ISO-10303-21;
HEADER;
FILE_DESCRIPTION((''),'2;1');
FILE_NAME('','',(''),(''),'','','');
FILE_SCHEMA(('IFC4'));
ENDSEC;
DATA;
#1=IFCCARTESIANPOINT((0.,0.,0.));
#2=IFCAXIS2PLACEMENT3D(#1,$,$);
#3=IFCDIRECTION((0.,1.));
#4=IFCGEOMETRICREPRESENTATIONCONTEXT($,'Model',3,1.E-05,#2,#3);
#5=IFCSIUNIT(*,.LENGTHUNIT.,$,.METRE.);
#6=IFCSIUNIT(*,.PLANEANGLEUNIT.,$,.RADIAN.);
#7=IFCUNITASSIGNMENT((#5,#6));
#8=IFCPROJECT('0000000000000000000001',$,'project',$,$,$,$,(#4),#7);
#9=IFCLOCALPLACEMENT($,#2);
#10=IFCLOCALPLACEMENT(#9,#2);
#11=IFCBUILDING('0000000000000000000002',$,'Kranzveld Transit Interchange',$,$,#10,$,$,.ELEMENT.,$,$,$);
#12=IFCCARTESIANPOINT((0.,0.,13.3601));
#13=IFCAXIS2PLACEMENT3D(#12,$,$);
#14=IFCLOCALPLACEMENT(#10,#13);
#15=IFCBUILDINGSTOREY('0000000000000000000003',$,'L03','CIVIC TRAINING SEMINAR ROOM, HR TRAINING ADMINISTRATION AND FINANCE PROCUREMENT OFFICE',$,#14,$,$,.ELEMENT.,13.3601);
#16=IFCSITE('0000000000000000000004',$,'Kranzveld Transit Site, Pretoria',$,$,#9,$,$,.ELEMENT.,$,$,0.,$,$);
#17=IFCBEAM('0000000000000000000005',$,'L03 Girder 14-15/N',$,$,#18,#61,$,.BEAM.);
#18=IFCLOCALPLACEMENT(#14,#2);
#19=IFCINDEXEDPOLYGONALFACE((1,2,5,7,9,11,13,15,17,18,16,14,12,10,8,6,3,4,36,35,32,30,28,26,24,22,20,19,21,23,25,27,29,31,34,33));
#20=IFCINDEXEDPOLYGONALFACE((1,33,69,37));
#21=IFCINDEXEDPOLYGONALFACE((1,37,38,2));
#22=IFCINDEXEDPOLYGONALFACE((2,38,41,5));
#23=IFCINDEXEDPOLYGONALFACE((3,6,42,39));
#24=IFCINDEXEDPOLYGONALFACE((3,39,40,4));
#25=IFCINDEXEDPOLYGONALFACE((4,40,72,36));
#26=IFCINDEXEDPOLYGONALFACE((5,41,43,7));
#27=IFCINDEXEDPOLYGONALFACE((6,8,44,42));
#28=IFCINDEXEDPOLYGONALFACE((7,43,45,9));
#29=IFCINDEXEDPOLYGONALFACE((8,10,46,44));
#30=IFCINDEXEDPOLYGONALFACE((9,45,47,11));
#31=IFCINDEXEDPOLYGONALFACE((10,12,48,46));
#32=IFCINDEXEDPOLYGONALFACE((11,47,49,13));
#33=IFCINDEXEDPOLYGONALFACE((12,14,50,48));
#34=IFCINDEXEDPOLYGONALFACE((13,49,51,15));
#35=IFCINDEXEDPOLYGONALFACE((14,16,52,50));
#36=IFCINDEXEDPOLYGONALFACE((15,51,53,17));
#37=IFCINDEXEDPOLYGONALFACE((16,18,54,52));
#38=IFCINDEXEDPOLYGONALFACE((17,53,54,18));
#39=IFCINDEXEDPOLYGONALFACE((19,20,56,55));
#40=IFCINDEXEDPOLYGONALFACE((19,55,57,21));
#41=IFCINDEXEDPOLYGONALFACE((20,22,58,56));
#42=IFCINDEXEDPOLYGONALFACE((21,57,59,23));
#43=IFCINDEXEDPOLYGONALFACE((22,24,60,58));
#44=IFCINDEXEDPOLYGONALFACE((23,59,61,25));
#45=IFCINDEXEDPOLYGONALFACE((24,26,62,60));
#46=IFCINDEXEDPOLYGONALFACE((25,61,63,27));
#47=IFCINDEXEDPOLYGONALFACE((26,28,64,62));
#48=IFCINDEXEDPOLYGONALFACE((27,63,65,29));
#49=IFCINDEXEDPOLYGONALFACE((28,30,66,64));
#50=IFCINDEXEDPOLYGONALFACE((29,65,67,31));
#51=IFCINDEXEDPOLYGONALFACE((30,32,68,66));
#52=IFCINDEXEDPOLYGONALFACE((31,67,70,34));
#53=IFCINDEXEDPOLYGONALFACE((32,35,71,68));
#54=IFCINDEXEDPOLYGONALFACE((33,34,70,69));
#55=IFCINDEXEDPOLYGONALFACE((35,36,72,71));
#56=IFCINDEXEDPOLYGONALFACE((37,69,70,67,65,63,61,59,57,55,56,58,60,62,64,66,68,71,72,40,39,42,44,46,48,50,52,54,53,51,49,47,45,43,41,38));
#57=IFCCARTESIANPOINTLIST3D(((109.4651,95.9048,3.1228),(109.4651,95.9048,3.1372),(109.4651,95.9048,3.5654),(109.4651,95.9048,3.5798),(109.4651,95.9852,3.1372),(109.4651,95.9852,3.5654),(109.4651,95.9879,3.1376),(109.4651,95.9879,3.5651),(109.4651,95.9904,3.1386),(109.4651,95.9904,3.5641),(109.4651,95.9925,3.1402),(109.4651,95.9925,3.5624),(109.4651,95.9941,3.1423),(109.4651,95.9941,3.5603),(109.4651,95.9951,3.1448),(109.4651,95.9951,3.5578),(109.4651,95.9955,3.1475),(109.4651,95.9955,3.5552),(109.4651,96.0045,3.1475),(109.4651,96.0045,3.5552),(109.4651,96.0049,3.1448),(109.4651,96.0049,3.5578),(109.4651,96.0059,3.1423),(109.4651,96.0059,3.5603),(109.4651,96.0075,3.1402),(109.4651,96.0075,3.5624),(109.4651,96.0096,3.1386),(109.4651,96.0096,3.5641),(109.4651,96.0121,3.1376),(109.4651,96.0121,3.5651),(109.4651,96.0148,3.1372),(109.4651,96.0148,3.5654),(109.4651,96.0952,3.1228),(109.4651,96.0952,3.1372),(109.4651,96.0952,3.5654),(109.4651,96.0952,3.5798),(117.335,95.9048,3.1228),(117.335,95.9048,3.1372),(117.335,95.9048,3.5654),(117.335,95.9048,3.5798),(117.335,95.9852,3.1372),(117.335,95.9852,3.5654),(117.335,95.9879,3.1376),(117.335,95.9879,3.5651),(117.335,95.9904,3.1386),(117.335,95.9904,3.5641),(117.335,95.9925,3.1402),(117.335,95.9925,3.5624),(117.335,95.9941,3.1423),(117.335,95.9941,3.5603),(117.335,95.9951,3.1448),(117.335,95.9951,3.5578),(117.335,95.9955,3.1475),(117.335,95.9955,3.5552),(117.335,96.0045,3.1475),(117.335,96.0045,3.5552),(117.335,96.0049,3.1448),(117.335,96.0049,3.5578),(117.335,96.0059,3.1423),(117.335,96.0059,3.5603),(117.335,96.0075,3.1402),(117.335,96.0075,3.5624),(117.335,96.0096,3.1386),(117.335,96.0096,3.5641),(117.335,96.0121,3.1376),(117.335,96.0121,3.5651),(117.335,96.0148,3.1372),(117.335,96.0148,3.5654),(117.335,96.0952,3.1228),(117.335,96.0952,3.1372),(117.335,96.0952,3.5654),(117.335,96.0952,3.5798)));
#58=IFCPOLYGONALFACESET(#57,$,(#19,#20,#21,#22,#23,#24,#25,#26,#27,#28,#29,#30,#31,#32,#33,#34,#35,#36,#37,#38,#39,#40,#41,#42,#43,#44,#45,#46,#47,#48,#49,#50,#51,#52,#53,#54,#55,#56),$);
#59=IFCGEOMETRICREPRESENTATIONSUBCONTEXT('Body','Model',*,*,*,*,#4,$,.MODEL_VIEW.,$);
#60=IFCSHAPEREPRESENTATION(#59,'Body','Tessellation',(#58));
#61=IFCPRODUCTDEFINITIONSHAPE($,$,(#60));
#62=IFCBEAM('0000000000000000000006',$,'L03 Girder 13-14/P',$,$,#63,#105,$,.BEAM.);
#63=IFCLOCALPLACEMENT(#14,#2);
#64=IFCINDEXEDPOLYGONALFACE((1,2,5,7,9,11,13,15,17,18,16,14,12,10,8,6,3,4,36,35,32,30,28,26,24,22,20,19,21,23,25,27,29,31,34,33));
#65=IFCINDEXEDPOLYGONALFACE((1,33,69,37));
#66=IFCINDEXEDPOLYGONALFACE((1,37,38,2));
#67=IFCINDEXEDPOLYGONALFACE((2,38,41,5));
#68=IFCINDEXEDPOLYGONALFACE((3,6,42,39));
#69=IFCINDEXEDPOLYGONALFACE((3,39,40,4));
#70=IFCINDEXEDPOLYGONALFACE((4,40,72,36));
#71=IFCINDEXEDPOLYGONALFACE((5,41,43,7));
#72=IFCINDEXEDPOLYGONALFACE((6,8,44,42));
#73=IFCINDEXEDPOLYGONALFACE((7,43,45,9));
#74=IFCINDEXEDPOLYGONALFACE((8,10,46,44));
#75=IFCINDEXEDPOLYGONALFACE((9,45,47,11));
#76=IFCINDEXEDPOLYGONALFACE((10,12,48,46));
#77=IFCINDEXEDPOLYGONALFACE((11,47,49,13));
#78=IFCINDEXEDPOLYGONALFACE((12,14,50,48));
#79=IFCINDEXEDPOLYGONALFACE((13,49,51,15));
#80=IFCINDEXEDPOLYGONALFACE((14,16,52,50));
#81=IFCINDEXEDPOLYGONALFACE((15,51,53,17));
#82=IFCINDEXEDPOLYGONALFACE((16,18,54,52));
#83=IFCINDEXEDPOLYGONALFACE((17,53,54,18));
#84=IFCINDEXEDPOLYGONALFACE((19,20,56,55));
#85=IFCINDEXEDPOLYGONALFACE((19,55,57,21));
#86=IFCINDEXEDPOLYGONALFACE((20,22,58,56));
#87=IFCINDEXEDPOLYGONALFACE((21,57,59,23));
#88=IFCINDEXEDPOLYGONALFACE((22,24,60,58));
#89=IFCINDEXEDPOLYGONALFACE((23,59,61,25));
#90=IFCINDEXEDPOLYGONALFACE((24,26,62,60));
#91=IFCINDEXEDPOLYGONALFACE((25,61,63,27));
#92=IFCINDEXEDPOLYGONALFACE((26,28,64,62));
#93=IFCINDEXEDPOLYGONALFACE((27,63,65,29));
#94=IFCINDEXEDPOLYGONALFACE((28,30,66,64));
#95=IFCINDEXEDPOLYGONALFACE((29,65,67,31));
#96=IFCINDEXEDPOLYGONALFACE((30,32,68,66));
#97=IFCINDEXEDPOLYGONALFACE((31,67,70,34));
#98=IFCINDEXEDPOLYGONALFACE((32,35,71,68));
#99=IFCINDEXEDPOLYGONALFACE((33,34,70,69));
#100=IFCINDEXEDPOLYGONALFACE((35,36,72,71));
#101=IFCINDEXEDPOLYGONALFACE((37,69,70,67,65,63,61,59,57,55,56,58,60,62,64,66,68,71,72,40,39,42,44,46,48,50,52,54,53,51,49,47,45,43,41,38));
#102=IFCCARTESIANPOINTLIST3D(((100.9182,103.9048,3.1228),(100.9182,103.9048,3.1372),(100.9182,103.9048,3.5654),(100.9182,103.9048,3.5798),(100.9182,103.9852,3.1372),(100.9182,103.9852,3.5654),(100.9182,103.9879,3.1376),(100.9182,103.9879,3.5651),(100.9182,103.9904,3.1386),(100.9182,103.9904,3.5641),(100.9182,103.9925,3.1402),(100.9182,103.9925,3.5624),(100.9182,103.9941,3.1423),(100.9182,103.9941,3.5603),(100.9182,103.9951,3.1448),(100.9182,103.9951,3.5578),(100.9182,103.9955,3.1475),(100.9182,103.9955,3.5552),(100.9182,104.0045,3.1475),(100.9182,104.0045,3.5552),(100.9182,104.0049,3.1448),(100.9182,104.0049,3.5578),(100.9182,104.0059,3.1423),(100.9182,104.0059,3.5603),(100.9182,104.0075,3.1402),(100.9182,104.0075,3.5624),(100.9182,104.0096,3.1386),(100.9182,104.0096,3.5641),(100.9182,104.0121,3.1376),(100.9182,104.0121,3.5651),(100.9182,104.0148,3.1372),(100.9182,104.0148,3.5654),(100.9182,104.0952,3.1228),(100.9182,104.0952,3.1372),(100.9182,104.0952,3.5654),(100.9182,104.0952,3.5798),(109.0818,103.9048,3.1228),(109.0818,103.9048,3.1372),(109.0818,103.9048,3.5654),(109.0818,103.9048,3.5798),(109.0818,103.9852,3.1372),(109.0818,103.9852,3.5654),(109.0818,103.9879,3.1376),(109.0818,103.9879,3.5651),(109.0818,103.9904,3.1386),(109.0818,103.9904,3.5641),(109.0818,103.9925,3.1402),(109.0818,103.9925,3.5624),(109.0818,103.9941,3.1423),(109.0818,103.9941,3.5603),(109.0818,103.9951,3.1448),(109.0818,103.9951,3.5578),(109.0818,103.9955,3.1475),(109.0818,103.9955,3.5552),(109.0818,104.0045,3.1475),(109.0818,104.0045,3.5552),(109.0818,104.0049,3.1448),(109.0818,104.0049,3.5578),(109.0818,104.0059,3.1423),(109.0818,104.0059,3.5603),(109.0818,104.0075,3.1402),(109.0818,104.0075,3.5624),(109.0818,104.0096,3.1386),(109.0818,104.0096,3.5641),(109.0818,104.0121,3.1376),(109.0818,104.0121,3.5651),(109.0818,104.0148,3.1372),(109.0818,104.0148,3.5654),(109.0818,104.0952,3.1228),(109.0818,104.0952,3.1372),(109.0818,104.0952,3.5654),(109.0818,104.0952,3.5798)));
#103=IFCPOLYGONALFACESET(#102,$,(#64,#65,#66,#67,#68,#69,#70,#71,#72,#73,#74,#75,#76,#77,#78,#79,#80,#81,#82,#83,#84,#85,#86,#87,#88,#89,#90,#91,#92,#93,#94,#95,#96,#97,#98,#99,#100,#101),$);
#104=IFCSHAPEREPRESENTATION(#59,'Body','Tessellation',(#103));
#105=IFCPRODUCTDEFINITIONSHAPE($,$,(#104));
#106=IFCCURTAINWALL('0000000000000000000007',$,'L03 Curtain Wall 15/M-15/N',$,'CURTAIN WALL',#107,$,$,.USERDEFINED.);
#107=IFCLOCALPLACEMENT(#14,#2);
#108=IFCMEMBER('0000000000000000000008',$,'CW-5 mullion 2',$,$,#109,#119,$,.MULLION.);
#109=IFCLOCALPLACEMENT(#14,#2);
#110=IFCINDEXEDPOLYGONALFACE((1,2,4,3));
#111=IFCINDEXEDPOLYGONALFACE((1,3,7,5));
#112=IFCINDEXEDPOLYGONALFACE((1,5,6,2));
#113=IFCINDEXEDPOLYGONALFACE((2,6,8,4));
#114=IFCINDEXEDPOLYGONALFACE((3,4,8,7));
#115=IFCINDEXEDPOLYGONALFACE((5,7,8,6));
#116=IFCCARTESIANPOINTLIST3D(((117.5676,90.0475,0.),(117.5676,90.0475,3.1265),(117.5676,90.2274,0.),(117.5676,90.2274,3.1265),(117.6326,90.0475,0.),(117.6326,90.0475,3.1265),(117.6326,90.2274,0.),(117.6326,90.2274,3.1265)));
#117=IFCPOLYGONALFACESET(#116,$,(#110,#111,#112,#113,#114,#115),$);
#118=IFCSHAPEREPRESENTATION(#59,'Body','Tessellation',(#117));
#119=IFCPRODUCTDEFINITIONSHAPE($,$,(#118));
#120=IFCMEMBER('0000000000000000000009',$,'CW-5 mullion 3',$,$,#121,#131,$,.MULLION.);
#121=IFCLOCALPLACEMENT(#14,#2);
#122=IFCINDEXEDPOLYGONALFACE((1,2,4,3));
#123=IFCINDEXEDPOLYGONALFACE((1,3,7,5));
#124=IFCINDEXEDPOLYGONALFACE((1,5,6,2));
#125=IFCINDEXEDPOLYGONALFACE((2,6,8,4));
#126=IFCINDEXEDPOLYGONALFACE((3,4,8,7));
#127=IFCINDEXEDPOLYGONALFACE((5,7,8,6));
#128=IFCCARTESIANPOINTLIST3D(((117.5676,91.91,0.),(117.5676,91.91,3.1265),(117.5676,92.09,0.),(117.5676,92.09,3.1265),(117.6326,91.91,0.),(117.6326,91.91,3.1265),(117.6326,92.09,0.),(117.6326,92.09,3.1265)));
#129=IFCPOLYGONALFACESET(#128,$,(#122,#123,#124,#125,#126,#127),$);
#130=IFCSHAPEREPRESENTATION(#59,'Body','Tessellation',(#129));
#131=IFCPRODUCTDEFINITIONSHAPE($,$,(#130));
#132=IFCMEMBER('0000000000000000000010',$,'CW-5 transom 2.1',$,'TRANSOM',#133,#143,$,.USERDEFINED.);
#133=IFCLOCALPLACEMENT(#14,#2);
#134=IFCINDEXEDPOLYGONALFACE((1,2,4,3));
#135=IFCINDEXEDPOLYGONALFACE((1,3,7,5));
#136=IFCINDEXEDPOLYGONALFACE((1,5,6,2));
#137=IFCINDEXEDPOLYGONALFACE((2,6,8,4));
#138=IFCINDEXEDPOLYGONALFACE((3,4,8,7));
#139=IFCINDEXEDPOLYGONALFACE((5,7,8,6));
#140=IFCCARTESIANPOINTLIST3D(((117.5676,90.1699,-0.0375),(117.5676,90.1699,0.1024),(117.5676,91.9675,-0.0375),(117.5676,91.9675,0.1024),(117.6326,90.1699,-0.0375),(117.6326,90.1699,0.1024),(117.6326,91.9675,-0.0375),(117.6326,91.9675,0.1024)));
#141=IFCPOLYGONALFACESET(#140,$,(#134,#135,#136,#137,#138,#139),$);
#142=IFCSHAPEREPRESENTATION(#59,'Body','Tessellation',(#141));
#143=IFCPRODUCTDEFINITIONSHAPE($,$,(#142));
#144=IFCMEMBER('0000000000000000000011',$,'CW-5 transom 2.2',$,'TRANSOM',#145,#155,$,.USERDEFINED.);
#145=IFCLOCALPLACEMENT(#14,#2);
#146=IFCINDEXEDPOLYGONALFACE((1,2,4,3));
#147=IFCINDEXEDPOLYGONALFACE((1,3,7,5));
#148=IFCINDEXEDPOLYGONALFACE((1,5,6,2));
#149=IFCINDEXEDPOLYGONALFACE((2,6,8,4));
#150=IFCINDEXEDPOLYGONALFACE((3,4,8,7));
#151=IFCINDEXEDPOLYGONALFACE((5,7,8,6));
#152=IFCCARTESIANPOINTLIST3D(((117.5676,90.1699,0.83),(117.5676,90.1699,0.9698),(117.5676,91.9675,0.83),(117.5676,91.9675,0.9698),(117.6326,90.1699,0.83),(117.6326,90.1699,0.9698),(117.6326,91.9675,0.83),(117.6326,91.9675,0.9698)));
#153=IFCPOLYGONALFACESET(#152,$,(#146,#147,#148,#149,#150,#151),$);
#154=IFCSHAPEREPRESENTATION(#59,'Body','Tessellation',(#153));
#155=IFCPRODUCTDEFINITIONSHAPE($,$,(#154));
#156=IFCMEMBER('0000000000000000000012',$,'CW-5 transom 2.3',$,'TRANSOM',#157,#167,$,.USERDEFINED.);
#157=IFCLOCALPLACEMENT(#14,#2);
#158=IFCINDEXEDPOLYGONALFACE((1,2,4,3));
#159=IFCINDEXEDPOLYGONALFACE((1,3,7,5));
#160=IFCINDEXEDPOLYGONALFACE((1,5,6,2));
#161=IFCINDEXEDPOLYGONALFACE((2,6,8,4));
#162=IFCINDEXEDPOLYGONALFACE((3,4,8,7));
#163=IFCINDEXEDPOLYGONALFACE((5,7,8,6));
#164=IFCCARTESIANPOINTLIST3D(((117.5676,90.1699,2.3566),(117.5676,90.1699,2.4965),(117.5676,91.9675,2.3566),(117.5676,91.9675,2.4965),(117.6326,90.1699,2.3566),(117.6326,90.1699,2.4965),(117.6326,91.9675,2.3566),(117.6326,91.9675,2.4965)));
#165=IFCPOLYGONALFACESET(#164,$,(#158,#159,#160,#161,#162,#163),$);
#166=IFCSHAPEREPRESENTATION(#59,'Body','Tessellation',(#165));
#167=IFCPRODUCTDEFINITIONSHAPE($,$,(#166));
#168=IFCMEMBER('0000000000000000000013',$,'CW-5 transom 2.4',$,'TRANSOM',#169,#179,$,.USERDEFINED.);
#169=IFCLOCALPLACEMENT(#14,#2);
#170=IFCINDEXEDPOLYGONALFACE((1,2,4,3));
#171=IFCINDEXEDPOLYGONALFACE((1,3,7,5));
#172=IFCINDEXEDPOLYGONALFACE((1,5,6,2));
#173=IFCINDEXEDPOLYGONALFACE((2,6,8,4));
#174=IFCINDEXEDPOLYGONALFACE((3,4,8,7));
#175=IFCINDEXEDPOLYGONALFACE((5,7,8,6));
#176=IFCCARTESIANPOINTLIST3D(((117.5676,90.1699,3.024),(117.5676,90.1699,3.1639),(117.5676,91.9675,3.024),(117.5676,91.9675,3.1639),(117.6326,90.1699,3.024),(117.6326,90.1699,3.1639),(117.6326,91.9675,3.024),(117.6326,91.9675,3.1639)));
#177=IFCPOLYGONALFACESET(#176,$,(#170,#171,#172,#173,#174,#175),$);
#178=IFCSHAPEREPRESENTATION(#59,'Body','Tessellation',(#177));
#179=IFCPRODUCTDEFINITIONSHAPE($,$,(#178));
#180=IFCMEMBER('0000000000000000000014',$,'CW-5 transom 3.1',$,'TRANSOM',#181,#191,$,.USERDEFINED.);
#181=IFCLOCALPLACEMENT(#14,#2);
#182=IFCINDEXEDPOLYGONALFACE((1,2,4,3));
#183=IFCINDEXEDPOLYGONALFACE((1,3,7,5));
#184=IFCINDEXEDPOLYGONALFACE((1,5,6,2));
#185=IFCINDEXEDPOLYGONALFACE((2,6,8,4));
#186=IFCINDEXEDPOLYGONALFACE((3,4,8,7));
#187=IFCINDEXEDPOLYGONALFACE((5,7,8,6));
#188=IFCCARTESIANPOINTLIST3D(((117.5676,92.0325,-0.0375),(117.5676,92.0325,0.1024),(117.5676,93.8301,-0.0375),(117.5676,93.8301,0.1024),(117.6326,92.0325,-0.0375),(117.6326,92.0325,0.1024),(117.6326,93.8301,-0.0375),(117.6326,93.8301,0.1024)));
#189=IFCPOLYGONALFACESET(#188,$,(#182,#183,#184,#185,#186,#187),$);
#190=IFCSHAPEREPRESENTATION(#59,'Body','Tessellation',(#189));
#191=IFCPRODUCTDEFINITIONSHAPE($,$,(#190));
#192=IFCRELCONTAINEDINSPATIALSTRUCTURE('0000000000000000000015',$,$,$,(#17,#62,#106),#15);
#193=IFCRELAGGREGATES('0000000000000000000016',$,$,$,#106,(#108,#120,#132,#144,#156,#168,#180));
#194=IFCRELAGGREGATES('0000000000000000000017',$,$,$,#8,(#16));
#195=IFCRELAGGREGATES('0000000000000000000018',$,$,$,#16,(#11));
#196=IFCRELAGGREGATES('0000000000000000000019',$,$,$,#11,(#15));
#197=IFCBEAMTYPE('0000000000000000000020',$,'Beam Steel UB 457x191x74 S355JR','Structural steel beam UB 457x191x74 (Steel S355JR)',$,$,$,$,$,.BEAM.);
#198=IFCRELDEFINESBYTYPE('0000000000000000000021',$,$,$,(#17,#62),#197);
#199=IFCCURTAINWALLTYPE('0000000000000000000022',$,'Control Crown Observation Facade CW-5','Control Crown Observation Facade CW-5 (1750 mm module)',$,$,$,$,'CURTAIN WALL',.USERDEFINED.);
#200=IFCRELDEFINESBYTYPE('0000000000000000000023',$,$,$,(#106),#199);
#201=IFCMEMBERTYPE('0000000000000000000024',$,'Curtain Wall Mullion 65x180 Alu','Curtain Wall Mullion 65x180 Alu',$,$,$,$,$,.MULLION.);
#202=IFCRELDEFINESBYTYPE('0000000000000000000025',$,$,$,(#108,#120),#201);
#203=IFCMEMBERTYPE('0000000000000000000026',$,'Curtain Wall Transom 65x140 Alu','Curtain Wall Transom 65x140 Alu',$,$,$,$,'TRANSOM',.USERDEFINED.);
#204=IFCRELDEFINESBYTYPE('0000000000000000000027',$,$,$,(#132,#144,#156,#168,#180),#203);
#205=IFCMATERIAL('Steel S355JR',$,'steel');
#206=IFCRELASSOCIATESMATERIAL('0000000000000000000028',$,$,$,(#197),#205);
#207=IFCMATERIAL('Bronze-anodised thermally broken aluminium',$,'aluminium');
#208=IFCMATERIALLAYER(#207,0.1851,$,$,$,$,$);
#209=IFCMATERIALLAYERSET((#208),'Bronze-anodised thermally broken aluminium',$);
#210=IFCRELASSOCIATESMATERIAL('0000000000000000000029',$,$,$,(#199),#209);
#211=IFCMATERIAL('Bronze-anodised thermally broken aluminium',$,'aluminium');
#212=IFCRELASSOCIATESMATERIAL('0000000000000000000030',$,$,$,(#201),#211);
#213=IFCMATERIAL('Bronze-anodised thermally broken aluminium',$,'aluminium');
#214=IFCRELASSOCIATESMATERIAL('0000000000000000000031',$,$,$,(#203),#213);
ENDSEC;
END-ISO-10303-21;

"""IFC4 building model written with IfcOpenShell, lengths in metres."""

from ifc_helpers import new_model, si_unit, direction, frame, origin, origin_2d, place, context, subcontext, project, spatial, rectangle, i_section, extrude, material, layer, layer_set, material_profile, profile_set, type_object, element, aggregate, save


model = new_model("IFC4")

# Units and contexts
model_context = context("Model", 3, precision=1e-05, world=origin(), true_north=direction((0.0, 1.0)))
body_context = subcontext(model_context, "Body", "Model", "MODEL_VIEW")
ifc_project = project(units=[si_unit("LENGTHUNIT", "METRE"), si_unit("PLANEANGLEUNIT", "RADIAN")], contexts=[model_context])

# Site, building, storey
site_placement = place(None, origin())
site = spatial("IfcSite", under=ifc_project, at=site_placement, Name="Kranzveld Transit Site, Pretoria", CompositionType="ELEMENT", RefElevation=0.0)
building_placement = place(site_placement, origin())
building = spatial("IfcBuilding", under=site, at=building_placement, Name="Kranzveld Transit Interchange", CompositionType="ELEMENT")
storey_placement = place(building_placement, frame((0.0, 0.0, 13.3601)))
storey = spatial("IfcBuildingStorey", under=building, at=storey_placement, Name="L03", Description="CIVIC TRAINING SEMINAR ROOM, HR TRAINING ADMINISTRATION AND FINANCE PROCUREMENT OFFICE", CompositionType="ELEMENT", Elevation=13.3601)

# Beams
ifc_material_1 = material(Name="Steel S355JR", Category="steel")
ifc_material_profile_1 = material_profile(ifc_material_1, i_section(OverallWidth=0.1904, OverallDepth=0.457, WebThickness=0.009, FlangeThickness=0.0144, FilletRadius=0.0103, at=origin_2d()), Name="UB 457x191x74")
ifc_profile_set_1 = profile_set([ifc_material_profile_1], Name="Steel S355JR")
beam_type_1 = type_object("IfcBeamType", Name="Beam Steel UB 457x191x74 S355JR", Description="Structural steel beam UB 457x191x74 (Steel S355JR)", PredefinedType="BEAM", material=ifc_profile_set_1)
beam_1_placement = place(storey_placement, frame((109.4651, 96.0, 3.3513), z_axis=(1.0, 0.0, 0.0), x_axis=(0.0, 1.0, 0.0)))
element("IfcBeam", 1, at=beam_1_placement, inside=storey, type_object=beam_type_1, Name="L03 Girder 14-15/N", PredefinedType="BEAM", context=body_context, shape_type="SweptSolid", body=[
    extrude(i_section(OverallWidth=0.1904, OverallDepth=0.457, WebThickness=0.009, FlangeThickness=0.0144, FilletRadius=0.0103, at=origin_2d()), origin(), (0.0, 0.0, 1.0), 7.8699),
])
beam_2_placement = place(storey_placement, frame((100.9182, 104.0, 3.3513), z_axis=(1.0, 0.0, 0.0), x_axis=(0.0, 1.0, 0.0)))
element("IfcBeam", 2, at=beam_2_placement, inside=storey, type_object=beam_type_1, Name="L03 Girder 13-14/P", PredefinedType="BEAM", context=body_context, shape_type="SweptSolid", body=[
    extrude(i_section(OverallWidth=0.1904, OverallDepth=0.457, WebThickness=0.009, FlangeThickness=0.0144, FilletRadius=0.0103, at=origin_2d()), origin(), (0.0, 0.0, 1.0), 8.1636),
])

# Curtain wall, members
ifc_material_2 = material(Name="Bronze-anodised thermally broken aluminium", Category="aluminium")
ifc_layer_1 = layer(ifc_material_2, 0.1851)
ifc_layer_set_1 = layer_set([ifc_layer_1], Name="Bronze-anodised thermally broken aluminium")
curtain_wall_type = type_object("IfcCurtainWallType", Name="Control Crown Observation Facade CW-5", Description="Control Crown Observation Facade CW-5 (1750 mm module)", ElementType="CURTAIN WALL", PredefinedType="USERDEFINED", material=ifc_layer_set_1)
curtain_wall_placement = place(storey_placement, origin())
curtain_wall = element("IfcCurtainWall", 3, at=curtain_wall_placement, inside=storey, type_object=curtain_wall_type, Name="L03 Curtain Wall 15/M-15/N", ObjectType="CURTAIN WALL", PredefinedType="USERDEFINED")
ifc_material_3 = material(Name="Bronze-anodised thermally broken aluminium", Category="aluminium")
ifc_material_profile_2 = material_profile(ifc_material_3, rectangle(XDim=0.0649, YDim=0.1799, at=origin_2d()), Name="ALU MULLION 65x180")
ifc_profile_set_2 = profile_set([ifc_material_profile_2], Name="Bronze-anodised thermally broken aluminium")
member_type_1 = type_object("IfcMemberType", Name="Curtain Wall Mullion 65x180 Alu", Description="Curtain Wall Mullion 65x180 Alu", PredefinedType="MULLION", material=ifc_profile_set_2)
member_1_placement = place(storey_placement, frame((117.6001, 90.1375, 0.0), z_axis=(0.0, 0.0, 1.0), x_axis=(-1.0, 0.0, 0.0)))
member_1 = element("IfcMember", 4, at=member_1_placement, type_object=member_type_1, Name="CW-5 mullion 2", PredefinedType="MULLION", context=body_context, shape_type="SweptSolid", body=[
    extrude(rectangle(XDim=0.0649, YDim=0.1799, at=origin_2d()), origin(), (0.0, 0.0, 1.0), 3.1265),
])
member_2_placement = place(storey_placement, frame((117.6001, 92.0, 0.0), z_axis=(0.0, 0.0, 1.0), x_axis=(-1.0, 0.0, 0.0)))
member_2 = element("IfcMember", 5, at=member_2_placement, type_object=member_type_1, Name="CW-5 mullion 3", PredefinedType="MULLION", context=body_context, shape_type="SweptSolid", body=[
    extrude(rectangle(XDim=0.0649, YDim=0.1799, at=origin_2d()), origin(), (0.0, 0.0, 1.0), 3.1265),
])
ifc_material_4 = material(Name="Bronze-anodised thermally broken aluminium", Category="aluminium")
ifc_material_profile_3 = material_profile(ifc_material_4, rectangle(XDim=0.0649, YDim=0.1399, at=origin_2d()), Name="ALU TRANSOM 65x140")
ifc_profile_set_3 = profile_set([ifc_material_profile_3], Name="Bronze-anodised thermally broken aluminium")
member_type_2 = type_object("IfcMemberType", Name="Curtain Wall Transom 65x140 Alu", Description="Curtain Wall Transom 65x140 Alu", ElementType="TRANSOM", PredefinedType="USERDEFINED", material=ifc_profile_set_3)
member_3_placement = place(storey_placement, frame((117.6001, 90.1699, 0.0325), z_axis=(0.0, 1.0, 0.0), x_axis=(-1.0, 0.0, 0.0)))
member_3 = element("IfcMember", 6, at=member_3_placement, type_object=member_type_2, Name="CW-5 transom 2.1", ObjectType="TRANSOM", PredefinedType="USERDEFINED", context=body_context, shape_type="SweptSolid", body=[
    extrude(rectangle(XDim=0.0649, YDim=0.1399, at=origin_2d()), origin(), (0.0, 0.0, 1.0), 1.7976),
])
member_4_placement = place(storey_placement, frame((117.6001, 90.1699, 0.8999), z_axis=(0.0, 1.0, 0.0), x_axis=(-1.0, 0.0, 0.0)))
member_4 = element("IfcMember", 7, at=member_4_placement, type_object=member_type_2, Name="CW-5 transom 2.2", ObjectType="TRANSOM", PredefinedType="USERDEFINED", context=body_context, shape_type="SweptSolid", body=[
    extrude(rectangle(XDim=0.0649, YDim=0.1399, at=origin_2d()), origin(), (0.0, 0.0, 1.0), 1.7976),
])
member_5_placement = place(storey_placement, frame((117.6001, 90.1699, 2.4265), z_axis=(0.0, 1.0, 0.0), x_axis=(-1.0, 0.0, 0.0)))
member_5 = element("IfcMember", 8, at=member_5_placement, type_object=member_type_2, Name="CW-5 transom 2.3", ObjectType="TRANSOM", PredefinedType="USERDEFINED", context=body_context, shape_type="SweptSolid", body=[
    extrude(rectangle(XDim=0.0649, YDim=0.1399, at=origin_2d()), origin(), (0.0, 0.0, 1.0), 1.7976),
])
member_6_placement = place(storey_placement, frame((117.6001, 90.1699, 3.094), z_axis=(0.0, 1.0, 0.0), x_axis=(-1.0, 0.0, 0.0)))
member_6 = element("IfcMember", 9, at=member_6_placement, type_object=member_type_2, Name="CW-5 transom 2.4", ObjectType="TRANSOM", PredefinedType="USERDEFINED", context=body_context, shape_type="SweptSolid", body=[
    extrude(rectangle(XDim=0.0649, YDim=0.1399, at=origin_2d()), origin(), (0.0, 0.0, 1.0), 1.7976),
])
member_7_placement = place(storey_placement, frame((117.6001, 92.0325, 0.0325), z_axis=(0.0, 1.0, 0.0), x_axis=(-1.0, 0.0, 0.0)))
member_7 = element("IfcMember", 10, at=member_7_placement, type_object=member_type_2, Name="CW-5 transom 3.1", ObjectType="TRANSOM", PredefinedType="USERDEFINED", context=body_context, shape_type="SweptSolid", body=[
    extrude(rectangle(XDim=0.0649, YDim=0.1399, at=origin_2d()), origin(), (0.0, 0.0, 1.0), 1.7976),
])

aggregate(curtain_wall, [member_1, member_2, member_3, member_4, member_5, member_6, member_7])

save(model, "model.ifc")
